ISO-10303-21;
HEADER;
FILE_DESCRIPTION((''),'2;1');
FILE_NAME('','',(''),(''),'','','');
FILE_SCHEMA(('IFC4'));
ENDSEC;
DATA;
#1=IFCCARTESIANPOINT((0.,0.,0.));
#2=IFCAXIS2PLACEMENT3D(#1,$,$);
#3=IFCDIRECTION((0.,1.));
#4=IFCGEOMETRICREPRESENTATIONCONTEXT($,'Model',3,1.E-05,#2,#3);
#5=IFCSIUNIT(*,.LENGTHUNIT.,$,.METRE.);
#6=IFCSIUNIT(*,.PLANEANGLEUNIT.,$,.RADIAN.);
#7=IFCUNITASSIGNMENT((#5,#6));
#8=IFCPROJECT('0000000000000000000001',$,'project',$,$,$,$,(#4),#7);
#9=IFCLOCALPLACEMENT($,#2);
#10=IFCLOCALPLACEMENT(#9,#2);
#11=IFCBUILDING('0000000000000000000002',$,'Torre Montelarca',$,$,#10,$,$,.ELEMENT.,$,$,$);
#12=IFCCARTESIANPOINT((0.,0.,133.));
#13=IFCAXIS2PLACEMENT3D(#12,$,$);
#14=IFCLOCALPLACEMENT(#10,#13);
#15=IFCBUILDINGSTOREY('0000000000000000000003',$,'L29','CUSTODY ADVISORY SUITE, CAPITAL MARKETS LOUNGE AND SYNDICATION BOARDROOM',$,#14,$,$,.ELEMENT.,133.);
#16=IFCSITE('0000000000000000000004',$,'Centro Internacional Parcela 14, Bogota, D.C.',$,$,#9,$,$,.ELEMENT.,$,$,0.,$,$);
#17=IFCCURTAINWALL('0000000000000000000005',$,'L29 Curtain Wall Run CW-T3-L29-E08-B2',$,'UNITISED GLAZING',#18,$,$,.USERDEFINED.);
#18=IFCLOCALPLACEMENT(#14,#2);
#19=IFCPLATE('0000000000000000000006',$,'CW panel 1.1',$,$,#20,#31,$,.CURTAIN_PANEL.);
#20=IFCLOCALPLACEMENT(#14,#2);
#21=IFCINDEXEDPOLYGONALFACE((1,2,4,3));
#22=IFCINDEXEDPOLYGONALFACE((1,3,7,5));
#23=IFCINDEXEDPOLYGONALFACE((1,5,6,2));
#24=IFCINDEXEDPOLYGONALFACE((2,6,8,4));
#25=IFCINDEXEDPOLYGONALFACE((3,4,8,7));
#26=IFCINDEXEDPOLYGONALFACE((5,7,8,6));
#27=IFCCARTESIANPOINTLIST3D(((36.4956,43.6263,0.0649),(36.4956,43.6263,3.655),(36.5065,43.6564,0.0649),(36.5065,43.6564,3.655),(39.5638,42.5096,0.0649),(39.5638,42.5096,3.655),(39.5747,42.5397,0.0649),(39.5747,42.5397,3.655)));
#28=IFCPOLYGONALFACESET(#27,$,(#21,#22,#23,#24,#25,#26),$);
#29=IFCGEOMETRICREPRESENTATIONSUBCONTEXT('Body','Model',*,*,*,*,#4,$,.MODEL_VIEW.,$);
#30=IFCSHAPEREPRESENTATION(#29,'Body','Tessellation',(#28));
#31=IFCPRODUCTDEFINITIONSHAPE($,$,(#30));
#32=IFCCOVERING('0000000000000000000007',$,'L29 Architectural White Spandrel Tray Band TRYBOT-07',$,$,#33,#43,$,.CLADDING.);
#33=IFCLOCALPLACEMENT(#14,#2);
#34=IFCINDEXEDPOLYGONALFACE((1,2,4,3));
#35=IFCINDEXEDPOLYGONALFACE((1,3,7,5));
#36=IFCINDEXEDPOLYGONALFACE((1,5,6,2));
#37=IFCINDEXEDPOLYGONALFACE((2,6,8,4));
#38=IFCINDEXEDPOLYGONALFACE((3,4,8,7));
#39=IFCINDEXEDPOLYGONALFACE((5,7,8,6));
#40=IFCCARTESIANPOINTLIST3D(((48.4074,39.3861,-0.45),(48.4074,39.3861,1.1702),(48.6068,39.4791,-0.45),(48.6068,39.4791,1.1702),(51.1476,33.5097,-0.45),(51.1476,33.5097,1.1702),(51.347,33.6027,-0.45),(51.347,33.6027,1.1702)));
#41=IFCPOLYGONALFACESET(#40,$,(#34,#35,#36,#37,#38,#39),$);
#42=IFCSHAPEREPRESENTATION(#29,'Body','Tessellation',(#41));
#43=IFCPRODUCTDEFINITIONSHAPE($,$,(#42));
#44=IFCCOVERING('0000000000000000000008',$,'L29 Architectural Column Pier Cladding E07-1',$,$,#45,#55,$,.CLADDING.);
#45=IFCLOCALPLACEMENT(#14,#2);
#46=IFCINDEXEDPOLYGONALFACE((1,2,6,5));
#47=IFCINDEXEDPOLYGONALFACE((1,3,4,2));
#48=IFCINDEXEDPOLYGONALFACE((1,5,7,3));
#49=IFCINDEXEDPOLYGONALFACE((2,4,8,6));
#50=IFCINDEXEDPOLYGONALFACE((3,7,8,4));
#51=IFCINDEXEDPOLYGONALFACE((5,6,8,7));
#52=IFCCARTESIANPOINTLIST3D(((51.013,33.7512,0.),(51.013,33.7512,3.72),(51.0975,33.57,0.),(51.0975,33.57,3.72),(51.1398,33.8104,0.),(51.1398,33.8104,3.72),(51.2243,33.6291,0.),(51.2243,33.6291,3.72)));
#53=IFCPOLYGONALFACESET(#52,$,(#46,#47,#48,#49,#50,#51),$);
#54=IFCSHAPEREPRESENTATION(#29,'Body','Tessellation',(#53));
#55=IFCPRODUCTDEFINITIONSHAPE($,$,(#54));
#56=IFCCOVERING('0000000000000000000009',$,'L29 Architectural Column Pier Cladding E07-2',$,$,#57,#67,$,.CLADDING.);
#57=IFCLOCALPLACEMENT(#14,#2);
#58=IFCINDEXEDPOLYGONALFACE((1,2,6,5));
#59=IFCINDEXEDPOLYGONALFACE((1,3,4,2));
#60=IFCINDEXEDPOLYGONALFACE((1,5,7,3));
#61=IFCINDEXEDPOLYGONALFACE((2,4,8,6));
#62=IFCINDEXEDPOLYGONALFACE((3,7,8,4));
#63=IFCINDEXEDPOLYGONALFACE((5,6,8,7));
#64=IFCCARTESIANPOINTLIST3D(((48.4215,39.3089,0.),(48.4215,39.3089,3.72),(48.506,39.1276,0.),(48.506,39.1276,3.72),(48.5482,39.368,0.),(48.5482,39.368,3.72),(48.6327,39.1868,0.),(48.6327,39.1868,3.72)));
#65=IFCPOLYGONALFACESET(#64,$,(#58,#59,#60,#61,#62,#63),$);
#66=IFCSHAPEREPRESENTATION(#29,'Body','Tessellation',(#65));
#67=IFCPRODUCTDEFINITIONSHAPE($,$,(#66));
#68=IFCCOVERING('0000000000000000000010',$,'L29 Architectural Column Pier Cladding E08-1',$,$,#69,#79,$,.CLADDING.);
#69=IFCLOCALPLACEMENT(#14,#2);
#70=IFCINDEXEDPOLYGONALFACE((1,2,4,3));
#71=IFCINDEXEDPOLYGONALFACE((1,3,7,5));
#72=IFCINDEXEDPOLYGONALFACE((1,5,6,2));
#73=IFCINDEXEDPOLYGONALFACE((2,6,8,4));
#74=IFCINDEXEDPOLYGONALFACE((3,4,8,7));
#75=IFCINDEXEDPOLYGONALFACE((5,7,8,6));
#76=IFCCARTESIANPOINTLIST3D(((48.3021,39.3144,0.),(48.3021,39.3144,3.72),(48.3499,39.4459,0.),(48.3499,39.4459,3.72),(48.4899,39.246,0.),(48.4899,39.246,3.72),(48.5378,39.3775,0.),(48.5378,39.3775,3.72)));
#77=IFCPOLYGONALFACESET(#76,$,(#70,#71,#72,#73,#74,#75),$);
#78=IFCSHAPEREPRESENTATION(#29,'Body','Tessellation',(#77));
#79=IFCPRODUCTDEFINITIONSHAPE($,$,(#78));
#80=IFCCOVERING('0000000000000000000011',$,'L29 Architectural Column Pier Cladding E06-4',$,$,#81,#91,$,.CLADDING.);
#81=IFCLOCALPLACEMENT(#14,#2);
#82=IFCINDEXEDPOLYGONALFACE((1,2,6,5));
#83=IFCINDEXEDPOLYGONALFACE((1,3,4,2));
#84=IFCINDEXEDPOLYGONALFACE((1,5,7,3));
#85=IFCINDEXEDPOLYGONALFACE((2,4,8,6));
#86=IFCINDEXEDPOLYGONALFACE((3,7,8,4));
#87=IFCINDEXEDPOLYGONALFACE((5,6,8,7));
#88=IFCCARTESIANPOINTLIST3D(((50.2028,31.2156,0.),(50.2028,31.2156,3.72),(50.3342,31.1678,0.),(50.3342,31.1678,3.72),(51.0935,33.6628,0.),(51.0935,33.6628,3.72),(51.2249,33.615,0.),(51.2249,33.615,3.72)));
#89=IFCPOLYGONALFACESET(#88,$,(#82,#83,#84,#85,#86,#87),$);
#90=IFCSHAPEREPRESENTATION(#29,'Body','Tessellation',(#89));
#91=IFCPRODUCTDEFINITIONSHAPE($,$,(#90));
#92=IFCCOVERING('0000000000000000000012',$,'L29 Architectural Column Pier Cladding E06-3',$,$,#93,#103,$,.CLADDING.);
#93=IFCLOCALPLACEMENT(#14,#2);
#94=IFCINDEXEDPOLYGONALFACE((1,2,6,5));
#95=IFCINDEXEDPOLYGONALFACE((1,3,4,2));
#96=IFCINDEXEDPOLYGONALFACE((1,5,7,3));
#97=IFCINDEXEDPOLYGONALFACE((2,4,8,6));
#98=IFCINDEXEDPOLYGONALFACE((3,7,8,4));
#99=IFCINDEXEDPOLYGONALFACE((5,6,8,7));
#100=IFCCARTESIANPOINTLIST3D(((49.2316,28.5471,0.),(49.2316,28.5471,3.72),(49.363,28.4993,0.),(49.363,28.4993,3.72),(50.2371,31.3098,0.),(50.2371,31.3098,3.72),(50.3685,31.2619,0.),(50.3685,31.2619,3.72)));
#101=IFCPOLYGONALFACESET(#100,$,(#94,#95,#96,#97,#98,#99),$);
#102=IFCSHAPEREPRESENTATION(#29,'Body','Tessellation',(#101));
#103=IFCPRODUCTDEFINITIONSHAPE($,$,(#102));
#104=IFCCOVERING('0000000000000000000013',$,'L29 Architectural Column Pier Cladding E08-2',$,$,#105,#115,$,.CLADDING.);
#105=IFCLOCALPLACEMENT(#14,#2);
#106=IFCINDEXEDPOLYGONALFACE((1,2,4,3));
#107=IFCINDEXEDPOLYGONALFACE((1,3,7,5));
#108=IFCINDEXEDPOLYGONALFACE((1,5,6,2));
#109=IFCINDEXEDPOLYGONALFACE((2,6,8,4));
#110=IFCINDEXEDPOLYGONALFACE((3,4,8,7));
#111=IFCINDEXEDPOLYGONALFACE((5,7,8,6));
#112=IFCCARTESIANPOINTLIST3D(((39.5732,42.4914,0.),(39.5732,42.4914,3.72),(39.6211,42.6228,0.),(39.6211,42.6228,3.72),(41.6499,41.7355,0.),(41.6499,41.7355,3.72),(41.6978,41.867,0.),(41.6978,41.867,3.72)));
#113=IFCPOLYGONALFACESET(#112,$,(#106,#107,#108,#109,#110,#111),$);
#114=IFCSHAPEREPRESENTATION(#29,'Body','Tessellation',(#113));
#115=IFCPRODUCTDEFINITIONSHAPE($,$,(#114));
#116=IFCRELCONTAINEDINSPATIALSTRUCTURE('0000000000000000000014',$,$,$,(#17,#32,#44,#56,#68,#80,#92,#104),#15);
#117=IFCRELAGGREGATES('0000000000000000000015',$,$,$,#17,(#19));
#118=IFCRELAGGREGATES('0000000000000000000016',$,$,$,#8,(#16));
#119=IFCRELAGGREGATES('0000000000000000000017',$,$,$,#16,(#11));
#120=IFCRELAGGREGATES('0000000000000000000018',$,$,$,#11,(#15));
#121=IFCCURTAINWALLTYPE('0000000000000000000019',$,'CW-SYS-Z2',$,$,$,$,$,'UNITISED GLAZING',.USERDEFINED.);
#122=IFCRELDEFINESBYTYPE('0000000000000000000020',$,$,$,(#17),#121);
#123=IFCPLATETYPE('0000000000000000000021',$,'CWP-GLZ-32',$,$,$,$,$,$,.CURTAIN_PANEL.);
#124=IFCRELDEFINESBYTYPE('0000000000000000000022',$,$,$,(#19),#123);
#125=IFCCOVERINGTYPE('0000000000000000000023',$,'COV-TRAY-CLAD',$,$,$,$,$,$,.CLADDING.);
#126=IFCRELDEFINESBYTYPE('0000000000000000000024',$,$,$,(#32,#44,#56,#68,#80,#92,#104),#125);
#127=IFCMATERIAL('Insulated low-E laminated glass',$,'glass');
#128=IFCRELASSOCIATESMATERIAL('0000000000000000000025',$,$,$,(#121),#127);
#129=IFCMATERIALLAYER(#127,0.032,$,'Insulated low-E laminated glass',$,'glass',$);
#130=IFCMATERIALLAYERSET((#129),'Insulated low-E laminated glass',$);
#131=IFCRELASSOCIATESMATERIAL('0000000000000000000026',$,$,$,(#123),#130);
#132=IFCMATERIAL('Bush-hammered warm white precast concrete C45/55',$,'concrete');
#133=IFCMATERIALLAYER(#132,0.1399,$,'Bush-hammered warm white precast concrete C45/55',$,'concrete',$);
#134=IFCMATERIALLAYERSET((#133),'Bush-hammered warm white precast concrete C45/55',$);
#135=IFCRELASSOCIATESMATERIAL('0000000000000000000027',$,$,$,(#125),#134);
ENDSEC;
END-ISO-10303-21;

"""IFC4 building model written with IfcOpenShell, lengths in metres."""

from ifc_helpers import new_model, si_unit, direction, frame, origin, origin_2d, place, context, subcontext, project, spatial, rectangle, extrude, source, transform, mapped, material, layer, layer_set, type_object, element, aggregate, save


model = new_model("IFC4")

# Units and contexts
model_context = context("Model", 3, precision=1e-05, world=origin(), true_north=direction((0.0, 1.0)))
body_context = subcontext(model_context, "Body", "Model", "MODEL_VIEW")
ifc_project = project(units=[si_unit("LENGTHUNIT", "METRE"), si_unit("PLANEANGLEUNIT", "RADIAN")], contexts=[model_context])

# Site, building, storey
site_placement = place(None, origin())
site = spatial("IfcSite", under=ifc_project, at=site_placement, Name="Centro Internacional Parcela 14, Bogota, D.C.", CompositionType="ELEMENT", RefElevation=0.0)
building_placement = place(site_placement, origin())
building = spatial("IfcBuilding", under=site, at=building_placement, Name="Torre Montelarca", CompositionType="ELEMENT")
storey_placement = place(building_placement, frame((0.0, 0.0, 133.0)))
storey = spatial("IfcBuildingStorey", under=building, at=storey_placement, Name="L29", Description="CUSTODY ADVISORY SUITE, CAPITAL MARKETS LOUNGE AND SYNDICATION BOARDROOM", CompositionType="ELEMENT", Elevation=133.0)

# Shared definitions
ifc_material_1 = material(Name="Insulated low-E laminated glass", Category="glass")
curtain_wall_type = type_object("IfcCurtainWallType", Name="CW-SYS-Z2", ElementType="UNITISED GLAZING", PredefinedType="USERDEFINED", material=ifc_material_1)

# Curtain wall
curtain_wall_1_placement = place(storey_placement, origin())
curtain_wall_1 = element("IfcCurtainWall", 1, at=curtain_wall_1_placement, inside=storey, type_object=curtain_wall_type, Name="L29 Curtain Wall Run CW-T3-L29-E08-B2", ObjectType="UNITISED GLAZING", PredefinedType="USERDEFINED")

# Plate
ifc_layer_1 = layer(ifc_material_1, 0.032, Name="Insulated low-E laminated glass", Category="glass")
ifc_layer_set_1 = layer_set([ifc_layer_1], Name="Insulated low-E laminated glass")
plate_type = type_object("IfcPlateType", Name="CWP-GLZ-32", PredefinedType="CURTAIN_PANEL", material=ifc_layer_set_1)
shared_shape_1 = source(origin(), body_context, "Body", "SweptSolid", [
    extrude(rectangle(XDim=3.2651, YDim=0.032, at=origin_2d()), origin(), (0.0, 0.0, 1.0), 3.5901),
])
plate_1_placement = place(storey_placement, frame((38.0352, 43.083, 0.0649), z_axis=(0.0, 0.0, 1.0), x_axis=(-0.939694, 0.342018, 0.0)))
plate_1 = element("IfcPlate", 2, at=plate_1_placement, type_object=plate_type, Name="CW panel 1.1", PredefinedType="CURTAIN_PANEL", context=body_context, shape_type="MappedRepresentation", body=[
    mapped(shared_shape_1, transform((0.0, 0.0, 0.0), scale=1.0)),
])
aggregate(curtain_wall_1, [plate_1])

# Coverings
ifc_material_2 = material(Name="Bush-hammered warm white precast concrete C45/55", Category="concrete")
ifc_layer_2 = layer(ifc_material_2, 0.1399, Name="Bush-hammered warm white precast concrete C45/55", Category="concrete")
ifc_layer_set_2 = layer_set([ifc_layer_2], Name="Bush-hammered warm white precast concrete C45/55")
covering_type = type_object("IfcCoveringType", Name="COV-TRAY-CLAD", PredefinedType="CLADDING", material=ifc_layer_set_2)
shared_shape_2 = source(origin(), body_context, "Body", "SweptSolid", [
    extrude(rectangle(XDim=6.4839, YDim=0.22, at=origin_2d()), origin(), (0.0, 0.0, 1.0), 1.6201),
])
covering_1_placement = place(storey_placement, frame((49.8772, 36.4944, -0.45), z_axis=(0.0, 0.0, 1.0), x_axis=(-0.422615, 0.906309, 0.0)))
element("IfcCovering", 3, at=covering_1_placement, inside=storey, type_object=covering_type, Name="L29 Architectural White Spandrel Tray Band TRYBOT-07", PredefinedType="CLADDING", context=body_context, shape_type="MappedRepresentation", body=[
    mapped(shared_shape_2, transform((0.0, 0.0, 0.0), scale=1.0)),
])
shared_shape_3 = source(origin(), body_context, "Body", "SweptSolid", [
    extrude(rectangle(XDim=0.2, YDim=0.1399, at=origin_2d()), origin(), (0.0, 0.0, 1.0), 3.72),
])
for number, where, z_axis, x_axis, name in (
    (4, (51.1187, 33.6902, 0.0), (0.0, 0.0, 1.0), (-0.422612, 0.906311, 0.0), "L29 Architectural Column Pier Cladding E07-1"),
    (5, (48.5271, 39.2478, 0.0), (0.0, 0.0, 1.0), (-0.422612, 0.906311, 0.0), "L29 Architectural Column Pier Cladding E07-2"),
    (6, (48.4199, 39.3459, 0.0), (0.0, 0.0, 1.0), (-0.939694, 0.342017, 0.0), "L29 Architectural Column Pier Cladding E08-1"),
):
    element("IfcCovering", number, at=place(storey_placement, frame(where, z_axis=z_axis, x_axis=x_axis)), inside=storey, type_object=covering_type, Name=name, PredefinedType="CLADDING", context=body_context, shape_type="MappedRepresentation", body=[
        mapped(shared_shape_3, transform((0.0, 0.0, 0.0), scale=1.0)),
    ])
shared_shape_4 = source(origin(), body_context, "Body", "SweptSolid", [
    extrude(rectangle(XDim=2.6042, YDim=0.1399, at=origin_2d()), origin(), (0.0, 0.0, 1.0), 3.72),
])
covering_2_placement = place(storey_placement, frame((50.7139, 32.4153, 0.0), z_axis=(0.0, 0.0, 1.0), x_axis=(0.342017, 0.939694, 0.0)))
element("IfcCovering", 7, at=covering_2_placement, inside=storey, type_object=covering_type, Name="L29 Architectural Column Pier Cladding E06-4", PredefinedType="CLADDING", context=body_context, shape_type="MappedRepresentation", body=[
    mapped(shared_shape_4, transform((0.0, 0.0, 0.0), scale=1.0)),
])
shared_shape_5 = source(origin(), body_context, "Body", "SweptSolid", [
    extrude(rectangle(XDim=2.9399, YDim=0.1399, at=origin_2d()), origin(), (0.0, 0.0, 1.0), 3.72),
])
covering_3_placement = place(storey_placement, frame((49.8, 29.9045, 0.0), z_axis=(0.0, 0.0, 1.0), x_axis=(0.342017, 0.939694, 0.0)))
element("IfcCovering", 8, at=covering_3_placement, inside=storey, type_object=covering_type, Name="L29 Architectural Column Pier Cladding E06-3", PredefinedType="CLADDING", context=body_context, shape_type="MappedRepresentation", body=[
    mapped(shared_shape_5, transform((0.0, 0.0, 0.0), scale=1.0)),
])
shared_shape_6 = source(origin(), body_context, "Body", "SweptSolid", [
    extrude(rectangle(XDim=2.21, YDim=0.1399, at=origin_2d()), origin(), (0.0, 0.0, 1.0), 3.72),
])
covering_4_placement = place(storey_placement, frame((40.6355, 42.1792, 0.0), z_axis=(0.0, 0.0, 1.0), x_axis=(-0.939694, 0.342017, 0.0)))
element("IfcCovering", 9, at=covering_4_placement, inside=storey, type_object=covering_type, Name="L29 Architectural Column Pier Cladding E08-2", PredefinedType="CLADDING", context=body_context, shape_type="MappedRepresentation", body=[
    mapped(shared_shape_6, transform((0.0, 0.0, 0.0), scale=1.0)),
])

save(model, "model.ifc")
